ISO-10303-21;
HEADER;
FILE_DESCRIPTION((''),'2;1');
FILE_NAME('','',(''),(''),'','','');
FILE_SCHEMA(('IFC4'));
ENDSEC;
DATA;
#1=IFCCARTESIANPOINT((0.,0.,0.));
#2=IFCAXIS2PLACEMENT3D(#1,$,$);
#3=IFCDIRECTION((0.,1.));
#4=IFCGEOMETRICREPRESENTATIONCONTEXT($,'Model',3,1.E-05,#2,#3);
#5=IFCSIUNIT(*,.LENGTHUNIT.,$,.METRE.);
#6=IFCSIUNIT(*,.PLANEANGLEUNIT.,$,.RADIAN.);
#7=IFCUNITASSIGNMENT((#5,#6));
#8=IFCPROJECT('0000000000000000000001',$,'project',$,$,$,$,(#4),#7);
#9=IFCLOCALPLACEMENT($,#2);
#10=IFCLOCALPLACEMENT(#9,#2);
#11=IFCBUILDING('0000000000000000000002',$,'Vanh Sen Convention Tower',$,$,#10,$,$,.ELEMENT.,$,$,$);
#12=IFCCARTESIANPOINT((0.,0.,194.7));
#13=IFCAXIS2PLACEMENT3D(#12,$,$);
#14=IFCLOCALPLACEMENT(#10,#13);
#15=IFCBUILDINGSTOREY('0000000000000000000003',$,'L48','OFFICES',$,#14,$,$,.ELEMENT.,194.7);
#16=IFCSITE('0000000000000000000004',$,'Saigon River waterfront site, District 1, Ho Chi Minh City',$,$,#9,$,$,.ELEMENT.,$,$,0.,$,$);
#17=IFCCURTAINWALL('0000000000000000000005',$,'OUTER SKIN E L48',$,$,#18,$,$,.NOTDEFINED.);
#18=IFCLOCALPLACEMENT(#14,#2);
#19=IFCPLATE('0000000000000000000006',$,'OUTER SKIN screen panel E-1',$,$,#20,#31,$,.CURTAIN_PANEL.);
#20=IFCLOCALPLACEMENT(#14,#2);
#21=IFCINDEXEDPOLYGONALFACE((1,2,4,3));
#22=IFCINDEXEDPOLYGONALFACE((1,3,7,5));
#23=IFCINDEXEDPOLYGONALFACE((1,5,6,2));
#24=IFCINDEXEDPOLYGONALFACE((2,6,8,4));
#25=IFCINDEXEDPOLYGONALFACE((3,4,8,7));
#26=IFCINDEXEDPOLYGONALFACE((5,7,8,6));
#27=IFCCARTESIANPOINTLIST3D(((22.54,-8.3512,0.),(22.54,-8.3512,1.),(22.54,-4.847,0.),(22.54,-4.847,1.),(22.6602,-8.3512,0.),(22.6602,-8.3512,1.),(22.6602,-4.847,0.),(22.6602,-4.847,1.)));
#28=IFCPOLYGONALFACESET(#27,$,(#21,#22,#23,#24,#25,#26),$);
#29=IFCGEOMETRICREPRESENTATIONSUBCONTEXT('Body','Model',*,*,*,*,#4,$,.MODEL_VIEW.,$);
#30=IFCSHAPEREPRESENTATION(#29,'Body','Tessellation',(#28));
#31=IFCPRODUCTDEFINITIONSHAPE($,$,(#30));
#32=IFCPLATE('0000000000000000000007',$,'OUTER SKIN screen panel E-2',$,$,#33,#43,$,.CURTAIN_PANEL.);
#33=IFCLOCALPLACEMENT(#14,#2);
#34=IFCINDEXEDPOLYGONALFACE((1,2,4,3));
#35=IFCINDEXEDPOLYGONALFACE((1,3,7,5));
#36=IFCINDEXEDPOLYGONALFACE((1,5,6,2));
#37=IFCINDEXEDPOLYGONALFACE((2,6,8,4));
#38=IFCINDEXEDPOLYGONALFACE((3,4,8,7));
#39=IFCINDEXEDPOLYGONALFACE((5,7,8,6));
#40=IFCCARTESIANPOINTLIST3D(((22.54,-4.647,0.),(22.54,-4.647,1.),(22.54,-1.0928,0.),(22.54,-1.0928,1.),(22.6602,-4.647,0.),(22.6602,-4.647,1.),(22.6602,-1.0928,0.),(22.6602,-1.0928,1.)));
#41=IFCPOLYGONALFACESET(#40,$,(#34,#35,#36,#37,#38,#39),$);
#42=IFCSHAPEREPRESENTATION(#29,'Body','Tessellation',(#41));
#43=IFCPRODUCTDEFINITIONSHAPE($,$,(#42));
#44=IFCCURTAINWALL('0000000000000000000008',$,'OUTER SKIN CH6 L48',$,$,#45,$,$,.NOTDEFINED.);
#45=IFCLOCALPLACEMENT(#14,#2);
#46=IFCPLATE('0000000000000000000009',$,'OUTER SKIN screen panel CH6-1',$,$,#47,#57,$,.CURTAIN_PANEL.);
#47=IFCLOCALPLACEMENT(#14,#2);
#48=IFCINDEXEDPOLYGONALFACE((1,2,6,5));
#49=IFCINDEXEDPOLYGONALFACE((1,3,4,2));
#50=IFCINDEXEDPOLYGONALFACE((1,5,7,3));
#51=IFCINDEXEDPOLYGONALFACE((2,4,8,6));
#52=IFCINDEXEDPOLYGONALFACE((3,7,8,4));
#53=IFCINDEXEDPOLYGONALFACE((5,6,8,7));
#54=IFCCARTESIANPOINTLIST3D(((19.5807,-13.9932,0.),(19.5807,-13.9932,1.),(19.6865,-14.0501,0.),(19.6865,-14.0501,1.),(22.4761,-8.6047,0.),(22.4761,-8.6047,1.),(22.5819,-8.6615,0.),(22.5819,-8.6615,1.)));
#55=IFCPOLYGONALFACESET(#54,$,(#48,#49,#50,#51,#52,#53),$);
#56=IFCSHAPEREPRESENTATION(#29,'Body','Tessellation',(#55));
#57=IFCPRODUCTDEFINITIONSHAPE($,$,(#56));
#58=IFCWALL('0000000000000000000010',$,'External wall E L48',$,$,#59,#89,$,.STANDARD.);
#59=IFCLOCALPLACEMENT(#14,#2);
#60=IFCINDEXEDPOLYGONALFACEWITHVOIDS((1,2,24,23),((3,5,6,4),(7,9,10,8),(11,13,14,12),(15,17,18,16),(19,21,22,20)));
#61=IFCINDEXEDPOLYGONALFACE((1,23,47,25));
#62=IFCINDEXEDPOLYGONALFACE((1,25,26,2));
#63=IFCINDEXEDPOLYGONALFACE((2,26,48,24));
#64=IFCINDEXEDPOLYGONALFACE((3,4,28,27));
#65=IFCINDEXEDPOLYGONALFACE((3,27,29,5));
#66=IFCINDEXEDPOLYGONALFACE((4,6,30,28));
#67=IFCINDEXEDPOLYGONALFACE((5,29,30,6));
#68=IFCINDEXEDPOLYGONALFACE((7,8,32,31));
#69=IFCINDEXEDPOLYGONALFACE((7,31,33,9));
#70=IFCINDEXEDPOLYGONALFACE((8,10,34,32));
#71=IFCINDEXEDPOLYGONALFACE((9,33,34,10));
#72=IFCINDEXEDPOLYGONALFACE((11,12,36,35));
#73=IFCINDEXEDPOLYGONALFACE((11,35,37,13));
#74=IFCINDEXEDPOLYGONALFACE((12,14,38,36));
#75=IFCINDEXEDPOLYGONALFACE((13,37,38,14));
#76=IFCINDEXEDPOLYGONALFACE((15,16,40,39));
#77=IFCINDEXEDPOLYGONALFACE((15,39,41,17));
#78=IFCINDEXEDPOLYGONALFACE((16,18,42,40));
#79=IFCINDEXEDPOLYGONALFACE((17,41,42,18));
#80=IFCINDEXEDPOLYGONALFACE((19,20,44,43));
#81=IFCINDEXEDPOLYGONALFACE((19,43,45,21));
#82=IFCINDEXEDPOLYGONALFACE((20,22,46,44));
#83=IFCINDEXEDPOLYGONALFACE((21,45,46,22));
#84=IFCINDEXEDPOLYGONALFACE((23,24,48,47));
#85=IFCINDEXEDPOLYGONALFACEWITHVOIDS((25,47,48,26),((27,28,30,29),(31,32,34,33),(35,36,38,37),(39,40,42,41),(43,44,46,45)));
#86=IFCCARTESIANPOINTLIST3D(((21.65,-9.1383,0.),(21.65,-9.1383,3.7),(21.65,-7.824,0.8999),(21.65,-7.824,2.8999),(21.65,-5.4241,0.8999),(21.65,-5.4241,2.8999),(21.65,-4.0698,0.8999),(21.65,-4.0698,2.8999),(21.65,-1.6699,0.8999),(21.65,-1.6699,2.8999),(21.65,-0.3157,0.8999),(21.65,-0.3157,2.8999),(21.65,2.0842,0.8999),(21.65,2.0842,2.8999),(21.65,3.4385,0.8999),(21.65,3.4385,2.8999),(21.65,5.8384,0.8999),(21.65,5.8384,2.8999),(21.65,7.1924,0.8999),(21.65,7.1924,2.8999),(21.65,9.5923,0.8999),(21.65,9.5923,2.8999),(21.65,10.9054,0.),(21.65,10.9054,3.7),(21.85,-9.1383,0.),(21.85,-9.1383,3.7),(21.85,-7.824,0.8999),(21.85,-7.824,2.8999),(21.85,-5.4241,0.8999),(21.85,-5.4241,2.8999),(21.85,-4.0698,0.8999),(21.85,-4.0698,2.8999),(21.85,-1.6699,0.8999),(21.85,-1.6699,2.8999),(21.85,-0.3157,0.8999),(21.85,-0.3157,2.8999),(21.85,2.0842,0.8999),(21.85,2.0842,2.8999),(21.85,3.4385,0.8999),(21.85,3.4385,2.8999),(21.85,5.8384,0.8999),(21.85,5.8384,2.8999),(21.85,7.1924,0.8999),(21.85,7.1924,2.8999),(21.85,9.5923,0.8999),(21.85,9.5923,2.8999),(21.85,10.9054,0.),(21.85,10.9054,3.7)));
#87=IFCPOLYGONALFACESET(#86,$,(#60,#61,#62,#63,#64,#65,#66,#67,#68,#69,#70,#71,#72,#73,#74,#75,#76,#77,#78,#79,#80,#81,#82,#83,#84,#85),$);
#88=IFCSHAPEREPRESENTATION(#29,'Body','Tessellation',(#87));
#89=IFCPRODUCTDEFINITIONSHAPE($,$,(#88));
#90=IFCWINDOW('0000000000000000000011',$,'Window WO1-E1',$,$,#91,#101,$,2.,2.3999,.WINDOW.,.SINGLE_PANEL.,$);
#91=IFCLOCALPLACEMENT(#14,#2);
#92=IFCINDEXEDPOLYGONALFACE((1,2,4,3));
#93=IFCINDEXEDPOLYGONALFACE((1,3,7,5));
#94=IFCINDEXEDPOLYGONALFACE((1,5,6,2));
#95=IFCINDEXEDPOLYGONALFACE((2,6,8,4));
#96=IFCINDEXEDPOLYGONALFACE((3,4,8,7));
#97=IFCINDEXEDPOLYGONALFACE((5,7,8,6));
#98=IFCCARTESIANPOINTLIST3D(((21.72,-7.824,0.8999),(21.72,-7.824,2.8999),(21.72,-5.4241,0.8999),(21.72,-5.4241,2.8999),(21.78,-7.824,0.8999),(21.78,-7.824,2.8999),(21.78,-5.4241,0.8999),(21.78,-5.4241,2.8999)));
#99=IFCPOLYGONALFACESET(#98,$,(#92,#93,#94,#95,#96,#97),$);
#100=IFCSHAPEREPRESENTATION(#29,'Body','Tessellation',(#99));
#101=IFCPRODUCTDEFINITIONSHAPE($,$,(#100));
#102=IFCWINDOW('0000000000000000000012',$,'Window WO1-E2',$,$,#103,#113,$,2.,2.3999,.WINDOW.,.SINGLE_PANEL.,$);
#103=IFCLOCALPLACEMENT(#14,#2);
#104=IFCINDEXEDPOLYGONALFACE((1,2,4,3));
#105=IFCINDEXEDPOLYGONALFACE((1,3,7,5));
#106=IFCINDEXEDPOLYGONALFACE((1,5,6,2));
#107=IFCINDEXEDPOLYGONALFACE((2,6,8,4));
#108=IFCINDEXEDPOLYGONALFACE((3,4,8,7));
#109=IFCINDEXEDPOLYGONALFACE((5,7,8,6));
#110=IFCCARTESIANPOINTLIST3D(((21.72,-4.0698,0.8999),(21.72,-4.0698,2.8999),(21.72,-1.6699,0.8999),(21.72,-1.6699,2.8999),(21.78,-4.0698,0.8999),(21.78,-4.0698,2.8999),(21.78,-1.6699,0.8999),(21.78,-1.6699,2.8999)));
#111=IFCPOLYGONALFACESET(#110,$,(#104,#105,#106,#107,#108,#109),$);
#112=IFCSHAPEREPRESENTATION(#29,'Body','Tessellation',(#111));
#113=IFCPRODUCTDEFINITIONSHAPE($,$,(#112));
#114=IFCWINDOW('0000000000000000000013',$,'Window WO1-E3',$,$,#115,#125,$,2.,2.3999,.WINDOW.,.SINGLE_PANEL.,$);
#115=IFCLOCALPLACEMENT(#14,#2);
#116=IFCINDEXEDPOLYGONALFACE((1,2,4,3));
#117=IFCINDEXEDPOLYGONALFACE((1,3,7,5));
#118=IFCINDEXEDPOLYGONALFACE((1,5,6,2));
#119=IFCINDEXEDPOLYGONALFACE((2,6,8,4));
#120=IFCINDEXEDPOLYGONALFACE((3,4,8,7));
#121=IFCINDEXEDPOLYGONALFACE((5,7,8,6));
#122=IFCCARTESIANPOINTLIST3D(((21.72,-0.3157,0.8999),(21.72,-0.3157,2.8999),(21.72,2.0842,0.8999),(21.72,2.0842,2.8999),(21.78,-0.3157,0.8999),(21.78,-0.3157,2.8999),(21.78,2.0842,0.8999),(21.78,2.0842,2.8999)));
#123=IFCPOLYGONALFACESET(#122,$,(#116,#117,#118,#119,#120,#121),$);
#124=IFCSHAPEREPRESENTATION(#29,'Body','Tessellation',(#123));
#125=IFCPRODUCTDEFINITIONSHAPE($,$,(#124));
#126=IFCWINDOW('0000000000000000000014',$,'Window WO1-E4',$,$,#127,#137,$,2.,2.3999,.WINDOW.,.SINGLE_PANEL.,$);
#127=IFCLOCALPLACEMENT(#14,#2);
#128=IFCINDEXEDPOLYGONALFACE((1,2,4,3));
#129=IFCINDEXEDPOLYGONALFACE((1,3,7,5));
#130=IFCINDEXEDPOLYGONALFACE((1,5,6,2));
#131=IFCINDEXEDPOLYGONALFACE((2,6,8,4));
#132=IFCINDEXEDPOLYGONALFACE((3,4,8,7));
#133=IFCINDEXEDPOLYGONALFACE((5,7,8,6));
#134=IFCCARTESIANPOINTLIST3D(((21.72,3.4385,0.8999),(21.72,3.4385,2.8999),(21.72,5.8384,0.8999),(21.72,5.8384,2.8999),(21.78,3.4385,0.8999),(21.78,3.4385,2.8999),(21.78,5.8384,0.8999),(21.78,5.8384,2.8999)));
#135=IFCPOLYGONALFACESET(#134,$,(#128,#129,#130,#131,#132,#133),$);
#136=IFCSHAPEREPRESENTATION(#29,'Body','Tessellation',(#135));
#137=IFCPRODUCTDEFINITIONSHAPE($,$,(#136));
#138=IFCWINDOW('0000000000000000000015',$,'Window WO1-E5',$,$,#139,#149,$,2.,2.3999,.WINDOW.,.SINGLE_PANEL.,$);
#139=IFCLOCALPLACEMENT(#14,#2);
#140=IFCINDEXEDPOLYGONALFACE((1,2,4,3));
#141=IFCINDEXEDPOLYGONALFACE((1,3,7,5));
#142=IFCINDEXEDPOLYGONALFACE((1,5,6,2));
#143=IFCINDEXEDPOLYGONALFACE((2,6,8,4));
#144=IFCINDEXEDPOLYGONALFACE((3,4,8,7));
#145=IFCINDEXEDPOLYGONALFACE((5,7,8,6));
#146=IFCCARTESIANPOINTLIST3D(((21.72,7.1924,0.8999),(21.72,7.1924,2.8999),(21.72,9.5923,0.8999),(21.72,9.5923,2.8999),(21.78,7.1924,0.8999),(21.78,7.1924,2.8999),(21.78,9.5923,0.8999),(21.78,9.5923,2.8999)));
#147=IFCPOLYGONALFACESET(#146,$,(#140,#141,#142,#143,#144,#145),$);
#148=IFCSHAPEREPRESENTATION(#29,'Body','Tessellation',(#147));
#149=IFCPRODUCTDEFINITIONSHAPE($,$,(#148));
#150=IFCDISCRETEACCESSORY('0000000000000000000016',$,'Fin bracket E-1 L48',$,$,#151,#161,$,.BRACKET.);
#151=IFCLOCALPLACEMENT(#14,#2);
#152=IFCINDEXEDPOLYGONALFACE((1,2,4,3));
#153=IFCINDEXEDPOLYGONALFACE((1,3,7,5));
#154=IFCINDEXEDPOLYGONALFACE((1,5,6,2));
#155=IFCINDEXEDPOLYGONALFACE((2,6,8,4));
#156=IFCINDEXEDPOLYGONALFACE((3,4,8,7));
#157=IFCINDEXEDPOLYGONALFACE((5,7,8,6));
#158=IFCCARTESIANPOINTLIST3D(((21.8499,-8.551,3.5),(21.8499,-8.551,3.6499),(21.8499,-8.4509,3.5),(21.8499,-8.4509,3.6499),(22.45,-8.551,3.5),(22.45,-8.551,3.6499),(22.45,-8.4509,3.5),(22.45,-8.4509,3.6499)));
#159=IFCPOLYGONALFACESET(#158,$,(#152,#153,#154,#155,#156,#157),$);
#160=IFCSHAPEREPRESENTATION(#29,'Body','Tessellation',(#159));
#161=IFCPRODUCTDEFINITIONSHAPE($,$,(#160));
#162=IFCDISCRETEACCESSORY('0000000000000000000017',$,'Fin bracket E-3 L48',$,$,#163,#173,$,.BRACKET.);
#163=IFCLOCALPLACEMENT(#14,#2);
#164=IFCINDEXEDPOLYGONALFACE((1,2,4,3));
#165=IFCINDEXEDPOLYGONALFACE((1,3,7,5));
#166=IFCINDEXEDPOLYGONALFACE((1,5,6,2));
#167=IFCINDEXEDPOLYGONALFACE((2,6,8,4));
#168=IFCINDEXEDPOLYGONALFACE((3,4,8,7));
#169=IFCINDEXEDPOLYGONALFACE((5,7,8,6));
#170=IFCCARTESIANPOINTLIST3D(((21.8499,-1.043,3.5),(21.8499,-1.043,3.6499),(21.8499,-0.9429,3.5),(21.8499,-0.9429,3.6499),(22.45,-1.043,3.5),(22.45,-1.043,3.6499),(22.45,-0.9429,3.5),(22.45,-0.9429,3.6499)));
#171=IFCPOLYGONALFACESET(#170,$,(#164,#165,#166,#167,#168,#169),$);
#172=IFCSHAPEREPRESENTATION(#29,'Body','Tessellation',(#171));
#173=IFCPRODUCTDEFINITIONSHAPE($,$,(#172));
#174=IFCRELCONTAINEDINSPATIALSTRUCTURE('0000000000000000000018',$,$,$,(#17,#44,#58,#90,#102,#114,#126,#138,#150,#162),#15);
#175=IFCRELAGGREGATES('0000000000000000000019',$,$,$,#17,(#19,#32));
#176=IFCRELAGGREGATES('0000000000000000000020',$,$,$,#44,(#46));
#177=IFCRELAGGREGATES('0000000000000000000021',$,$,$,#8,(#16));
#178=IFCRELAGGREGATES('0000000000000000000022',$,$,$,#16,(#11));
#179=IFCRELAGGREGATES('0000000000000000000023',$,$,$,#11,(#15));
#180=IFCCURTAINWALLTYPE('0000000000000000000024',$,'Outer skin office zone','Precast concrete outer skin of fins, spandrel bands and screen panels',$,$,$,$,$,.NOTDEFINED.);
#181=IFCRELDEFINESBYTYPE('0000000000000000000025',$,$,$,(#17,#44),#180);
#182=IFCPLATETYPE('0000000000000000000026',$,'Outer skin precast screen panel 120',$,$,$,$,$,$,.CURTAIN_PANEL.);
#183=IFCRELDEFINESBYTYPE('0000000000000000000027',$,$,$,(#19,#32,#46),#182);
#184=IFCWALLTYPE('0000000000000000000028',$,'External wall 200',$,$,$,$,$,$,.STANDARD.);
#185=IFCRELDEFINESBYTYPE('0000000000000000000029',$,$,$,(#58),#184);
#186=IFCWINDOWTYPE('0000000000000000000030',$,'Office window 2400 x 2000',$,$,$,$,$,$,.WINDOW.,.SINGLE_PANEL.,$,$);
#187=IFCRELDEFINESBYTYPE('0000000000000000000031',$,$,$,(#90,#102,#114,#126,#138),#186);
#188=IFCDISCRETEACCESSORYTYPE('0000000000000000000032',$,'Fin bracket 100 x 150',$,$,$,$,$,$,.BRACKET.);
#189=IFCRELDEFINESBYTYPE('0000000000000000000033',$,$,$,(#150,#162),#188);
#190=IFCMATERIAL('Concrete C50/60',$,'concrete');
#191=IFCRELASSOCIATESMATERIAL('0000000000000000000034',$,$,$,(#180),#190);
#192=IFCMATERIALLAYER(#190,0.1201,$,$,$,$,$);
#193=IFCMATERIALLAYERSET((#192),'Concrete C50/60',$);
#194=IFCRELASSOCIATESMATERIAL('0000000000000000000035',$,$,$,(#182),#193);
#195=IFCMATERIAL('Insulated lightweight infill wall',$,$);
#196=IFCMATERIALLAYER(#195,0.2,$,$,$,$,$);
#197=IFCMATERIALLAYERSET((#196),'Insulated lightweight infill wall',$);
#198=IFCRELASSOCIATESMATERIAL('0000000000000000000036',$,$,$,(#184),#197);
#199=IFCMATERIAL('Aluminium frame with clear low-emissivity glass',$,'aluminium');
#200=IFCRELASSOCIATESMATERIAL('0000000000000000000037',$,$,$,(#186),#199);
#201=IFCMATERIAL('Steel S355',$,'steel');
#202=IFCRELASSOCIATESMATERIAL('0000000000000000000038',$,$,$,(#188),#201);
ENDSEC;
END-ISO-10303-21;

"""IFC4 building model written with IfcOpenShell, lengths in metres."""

from ifc_helpers import new_model, si_unit, direction, frame, frame_2d, origin, origin_2d, place, context, subcontext, project, spatial, rectangle, extrude, material, layer, layer_set, type_object, element, fill, aggregate, save


model = new_model("IFC4")

# Units and contexts
model_context = context("Model", 3, precision=1e-05, world=origin(), true_north=direction((0.0, 1.0)))
body_context = subcontext(model_context, "Body", "Model", "MODEL_VIEW")
ifc_project = project(units=[si_unit("LENGTHUNIT", "METRE"), si_unit("PLANEANGLEUNIT", "RADIAN")], contexts=[model_context])

# Site, building, storey
site_placement = place(None, origin())
site = spatial("IfcSite", under=ifc_project, at=site_placement, Name="Saigon River waterfront site, District 1, Ho Chi Minh City", CompositionType="ELEMENT", RefElevation=0.0)
building_placement = place(site_placement, origin())
building = spatial("IfcBuilding", under=site, at=building_placement, Name="Vanh Sen Convention Tower", CompositionType="ELEMENT")
storey_placement = place(building_placement, frame((0.0, 0.0, 194.7)))
storey = spatial("IfcBuildingStorey", under=building, at=storey_placement, Name="L48", Description="OFFICES", CompositionType="ELEMENT", Elevation=194.7)

# Curtain wall
ifc_material_1 = material(Name="Concrete C50/60", Category="concrete")
curtain_wall_type = type_object("IfcCurtainWallType", Name="Outer skin office zone", Description="Precast concrete outer skin of fins, spandrel bands and screen panels", PredefinedType="NOTDEFINED", material=ifc_material_1)
curtain_wall_1_placement = place(storey_placement, origin())
curtain_wall_1 = element("IfcCurtainWall", 1, at=curtain_wall_1_placement, inside=storey, type_object=curtain_wall_type, Name="OUTER SKIN E L48", PredefinedType="NOTDEFINED")

# Plates
ifc_layer_1 = layer(ifc_material_1, 0.1201)
ifc_layer_set_1 = layer_set([ifc_layer_1], Name="Concrete C50/60")
plate_type = type_object("IfcPlateType", Name="Outer skin precast screen panel 120", PredefinedType="CURTAIN_PANEL", material=ifc_layer_set_1)
plate_1_placement = place(storey_placement, frame((22.6001, -6.5991, 0.0), z_axis=(0.0, 0.0, 1.0), x_axis=(0.0, 1.0, 0.0)))
plate_1 = element("IfcPlate", 2, at=plate_1_placement, type_object=plate_type, Name="OUTER SKIN screen panel E-1", PredefinedType="CURTAIN_PANEL", context=body_context, shape_type="SweptSolid", body=[
    extrude(rectangle(XDim=3.5042, YDim=0.1201, at=origin_2d()), origin(), (0.0, 0.0, 1.0), 1.0),
])
plate_2_placement = place(storey_placement, frame((22.6001, -2.8699, 0.0), z_axis=(0.0, 0.0, 1.0), x_axis=(0.0, 1.0, 0.0)))
plate_2 = element("IfcPlate", 3, at=plate_2_placement, type_object=plate_type, Name="OUTER SKIN screen panel E-2", PredefinedType="CURTAIN_PANEL", context=body_context, shape_type="SweptSolid", body=[
    extrude(rectangle(XDim=3.5542, YDim=0.1201, at=origin_2d()), origin(), (0.0, 0.0, 1.0), 1.0),
])
aggregate(curtain_wall_1, [plate_1, plate_2])

# Curtain wall, plate
curtain_wall_2_placement = place(storey_placement, origin())
curtain_wall_2 = element("IfcCurtainWall", 4, at=curtain_wall_2_placement, inside=storey, type_object=curtain_wall_type, Name="OUTER SKIN CH6 L48", PredefinedType="NOTDEFINED")
plate_3_placement = place(storey_placement, frame((21.0813, -11.3274, 0.0), z_axis=(0.0, 0.0, 1.0), x_axis=(0.473321, 0.88089, 0.0)))
plate_3 = element("IfcPlate", 5, at=plate_3_placement, type_object=plate_type, Name="OUTER SKIN screen panel CH6-1", PredefinedType="CURTAIN_PANEL", context=body_context, shape_type="SweptSolid", body=[
    extrude(rectangle(XDim=6.1172, YDim=0.1201, at=origin_2d()), origin(), (0.0, 0.0, 1.0), 1.0),
])
aggregate(curtain_wall_2, [plate_3])

# Wall, openings, windows
ifc_material_2 = material(Name="Insulated lightweight infill wall")
ifc_layer_2 = layer(ifc_material_2, 0.2)
ifc_layer_set_2 = layer_set([ifc_layer_2], Name="Insulated lightweight infill wall")
wall_type = type_object("IfcWallType", Name="External wall 200", PredefinedType="STANDARD", material=ifc_layer_set_2)
wall_placement = place(storey_placement, frame((21.75, -9.1384, 0.0), z_axis=(0.0, 0.0, 1.0), x_axis=(0.0, 1.0, 0.0)))
wall = element("IfcWall", 6, at=wall_placement, inside=storey, type_object=wall_type, Name="External wall E L48", PredefinedType="STANDARD", context=body_context, shape_type="SweptSolid", body=[
    extrude(rectangle(XDim=20.0437, YDim=0.2, at=frame_2d((10.022, 0.0))), origin(), (0.0, 0.0, 1.0), 3.7),
])
opening_1_placement = place(wall_placement, frame((1.3145, 0.0, 0.8999)))
opening_1 = element("IfcOpeningElement", 7, at=opening_1_placement, cuts=wall, PredefinedType="OPENING", context=body_context, shape_type="SweptSolid", body=[
    extrude(rectangle(XDim=2.3999, YDim=2.0, at=frame_2d((1.2, 1.0))), frame((0.0, 0.1099, 0.0), z_axis=(0.0, -1.0, 0.0), x_axis=(1.0, 0.0, 0.0)), (0.0, 0.0, 1.0), 0.22),
])
opening_2_placement = place(wall_placement, frame((5.0686, 0.0, 0.8999)))
opening_2 = element("IfcOpeningElement", 8, at=opening_2_placement, cuts=wall, PredefinedType="OPENING", context=body_context, shape_type="SweptSolid", body=[
    extrude(rectangle(XDim=2.3999, YDim=2.0, at=frame_2d((1.2, 1.0))), frame((0.0, 0.1099, 0.0), z_axis=(0.0, -1.0, 0.0), x_axis=(1.0, 0.0, 0.0)), (0.0, 0.0, 1.0), 0.22),
])
opening_3_placement = place(wall_placement, frame((8.8228, 0.0, 0.8999)))
opening_3 = element("IfcOpeningElement", 9, at=opening_3_placement, cuts=wall, PredefinedType="OPENING", context=body_context, shape_type="SweptSolid", body=[
    extrude(rectangle(XDim=2.3999, YDim=2.0, at=frame_2d((1.2, 1.0))), frame((0.0, 0.1099, 0.0), z_axis=(0.0, -1.0, 0.0), x_axis=(1.0, 0.0, 0.0)), (0.0, 0.0, 1.0), 0.22),
])
opening_4_placement = place(wall_placement, frame((12.5769, 0.0, 0.8999)))
opening_4 = element("IfcOpeningElement", 10, at=opening_4_placement, cuts=wall, PredefinedType="OPENING", context=body_context, shape_type="SweptSolid", body=[
    extrude(rectangle(XDim=2.3999, YDim=2.0, at=frame_2d((1.2, 1.0))), frame((0.0, 0.1099, 0.0), z_axis=(0.0, -1.0, 0.0), x_axis=(1.0, 0.0, 0.0)), (0.0, 0.0, 1.0), 0.22),
])
opening_5_placement = place(wall_placement, frame((16.3308, 0.0, 0.8999)))
opening_5 = element("IfcOpeningElement", 11, at=opening_5_placement, cuts=wall, PredefinedType="OPENING", context=body_context, shape_type="SweptSolid", body=[
    extrude(rectangle(XDim=2.3999, YDim=2.0, at=frame_2d((1.2, 1.0))), frame((0.0, 0.1099, 0.0), z_axis=(0.0, -1.0, 0.0), x_axis=(1.0, 0.0, 0.0)), (0.0, 0.0, 1.0), 0.22),
])
ifc_material_3 = material(Name="Aluminium frame with clear low-emissivity glass", Category="aluminium")
window_type = type_object("IfcWindowType", Name="Office window 2400 x 2000", PartitioningType="SINGLE_PANEL", PredefinedType="WINDOW", material=ifc_material_3)
window_1_placement = place(opening_1_placement, origin())
window_1 = element("IfcWindow", 12, at=window_1_placement, inside=storey, type_object=window_type, Name="Window WO1-E1", OverallHeight=2.0, OverallWidth=2.3999, PartitioningType="SINGLE_PANEL", PredefinedType="WINDOW", context=body_context, shape_type="SweptSolid", body=[
    extrude(rectangle(XDim=2.3999, YDim=2.0, at=frame_2d((1.2, 1.0))), frame((0.0, 0.03, 0.0), z_axis=(0.0, -1.0, 0.0), x_axis=(1.0, 0.0, 0.0)), (0.0, 0.0, 1.0), 0.0601),
])
fill(opening_1, window_1)
window_2_placement = place(opening_2_placement, origin())
window_2 = element("IfcWindow", 13, at=window_2_placement, inside=storey, type_object=window_type, Name="Window WO1-E2", OverallHeight=2.0, OverallWidth=2.3999, PartitioningType="SINGLE_PANEL", PredefinedType="WINDOW", context=body_context, shape_type="SweptSolid", body=[
    extrude(rectangle(XDim=2.3999, YDim=2.0, at=frame_2d((1.2, 1.0))), frame((0.0, 0.03, 0.0), z_axis=(0.0, -1.0, 0.0), x_axis=(1.0, 0.0, 0.0)), (0.0, 0.0, 1.0), 0.0601),
])
fill(opening_2, window_2)
window_3_placement = place(opening_3_placement, origin())
window_3 = element("IfcWindow", 14, at=window_3_placement, inside=storey, type_object=window_type, Name="Window WO1-E3", OverallHeight=2.0, OverallWidth=2.3999, PartitioningType="SINGLE_PANEL", PredefinedType="WINDOW", context=body_context, shape_type="SweptSolid", body=[
    extrude(rectangle(XDim=2.3999, YDim=2.0, at=frame_2d((1.2, 1.0))), frame((0.0, 0.03, 0.0), z_axis=(0.0, -1.0, 0.0), x_axis=(1.0, 0.0, 0.0)), (0.0, 0.0, 1.0), 0.0601),
])
fill(opening_3, window_3)
window_4_placement = place(opening_4_placement, origin())
window_4 = element("IfcWindow", 15, at=window_4_placement, inside=storey, type_object=window_type, Name="Window WO1-E4", OverallHeight=2.0, OverallWidth=2.3999, PartitioningType="SINGLE_PANEL", PredefinedType="WINDOW", context=body_context, shape_type="SweptSolid", body=[
    extrude(rectangle(XDim=2.3999, YDim=2.0, at=frame_2d((1.2, 1.0))), frame((0.0, 0.03, 0.0), z_axis=(0.0, -1.0, 0.0), x_axis=(1.0, 0.0, 0.0)), (0.0, 0.0, 1.0), 0.0601),
])
fill(opening_4, window_4)
window_5_placement = place(opening_5_placement, origin())
window_5 = element("IfcWindow", 16, at=window_5_placement, inside=storey, type_object=window_type, Name="Window WO1-E5", OverallHeight=2.0, OverallWidth=2.3999, PartitioningType="SINGLE_PANEL", PredefinedType="WINDOW", context=body_context, shape_type="SweptSolid", body=[
    extrude(rectangle(XDim=2.3999, YDim=2.0, at=frame_2d((1.2, 1.0))), frame((0.0, 0.03, 0.0), z_axis=(0.0, -1.0, 0.0), x_axis=(1.0, 0.0, 0.0)), (0.0, 0.0, 1.0), 0.0601),
])
fill(opening_5, window_5)

# Discrete accessories
ifc_material_4 = material(Name="Steel S355", Category="steel")
discrete_accessory_type = type_object("IfcDiscreteAccessoryType", Name="Fin bracket 100 x 150", PredefinedType="BRACKET", material=ifc_material_4)
for number, where, z_axis, x_axis, name in (
    (17, (22.1499, -8.501, 3.5), (0.0, 0.0, 1.0), (1.0, 0.0, 0.0), "Fin bracket E-1 L48"),
    (18, (22.1499, -0.9929, 3.5), (0.0, 0.0, 1.0), (1.0, 0.0, 0.0), "Fin bracket E-3 L48"),
):
    element("IfcDiscreteAccessory", number, at=place(storey_placement, frame(where, z_axis=z_axis, x_axis=x_axis)), inside=storey, type_object=discrete_accessory_type, Name=name, PredefinedType="BRACKET", context=body_context, shape_type="SweptSolid", body=[
        extrude(rectangle(XDim=0.6001, YDim=0.1001, at=origin_2d()), origin(), (0.0, 0.0, 1.0), 0.1499),
    ])

save(model, "model.ifc")
